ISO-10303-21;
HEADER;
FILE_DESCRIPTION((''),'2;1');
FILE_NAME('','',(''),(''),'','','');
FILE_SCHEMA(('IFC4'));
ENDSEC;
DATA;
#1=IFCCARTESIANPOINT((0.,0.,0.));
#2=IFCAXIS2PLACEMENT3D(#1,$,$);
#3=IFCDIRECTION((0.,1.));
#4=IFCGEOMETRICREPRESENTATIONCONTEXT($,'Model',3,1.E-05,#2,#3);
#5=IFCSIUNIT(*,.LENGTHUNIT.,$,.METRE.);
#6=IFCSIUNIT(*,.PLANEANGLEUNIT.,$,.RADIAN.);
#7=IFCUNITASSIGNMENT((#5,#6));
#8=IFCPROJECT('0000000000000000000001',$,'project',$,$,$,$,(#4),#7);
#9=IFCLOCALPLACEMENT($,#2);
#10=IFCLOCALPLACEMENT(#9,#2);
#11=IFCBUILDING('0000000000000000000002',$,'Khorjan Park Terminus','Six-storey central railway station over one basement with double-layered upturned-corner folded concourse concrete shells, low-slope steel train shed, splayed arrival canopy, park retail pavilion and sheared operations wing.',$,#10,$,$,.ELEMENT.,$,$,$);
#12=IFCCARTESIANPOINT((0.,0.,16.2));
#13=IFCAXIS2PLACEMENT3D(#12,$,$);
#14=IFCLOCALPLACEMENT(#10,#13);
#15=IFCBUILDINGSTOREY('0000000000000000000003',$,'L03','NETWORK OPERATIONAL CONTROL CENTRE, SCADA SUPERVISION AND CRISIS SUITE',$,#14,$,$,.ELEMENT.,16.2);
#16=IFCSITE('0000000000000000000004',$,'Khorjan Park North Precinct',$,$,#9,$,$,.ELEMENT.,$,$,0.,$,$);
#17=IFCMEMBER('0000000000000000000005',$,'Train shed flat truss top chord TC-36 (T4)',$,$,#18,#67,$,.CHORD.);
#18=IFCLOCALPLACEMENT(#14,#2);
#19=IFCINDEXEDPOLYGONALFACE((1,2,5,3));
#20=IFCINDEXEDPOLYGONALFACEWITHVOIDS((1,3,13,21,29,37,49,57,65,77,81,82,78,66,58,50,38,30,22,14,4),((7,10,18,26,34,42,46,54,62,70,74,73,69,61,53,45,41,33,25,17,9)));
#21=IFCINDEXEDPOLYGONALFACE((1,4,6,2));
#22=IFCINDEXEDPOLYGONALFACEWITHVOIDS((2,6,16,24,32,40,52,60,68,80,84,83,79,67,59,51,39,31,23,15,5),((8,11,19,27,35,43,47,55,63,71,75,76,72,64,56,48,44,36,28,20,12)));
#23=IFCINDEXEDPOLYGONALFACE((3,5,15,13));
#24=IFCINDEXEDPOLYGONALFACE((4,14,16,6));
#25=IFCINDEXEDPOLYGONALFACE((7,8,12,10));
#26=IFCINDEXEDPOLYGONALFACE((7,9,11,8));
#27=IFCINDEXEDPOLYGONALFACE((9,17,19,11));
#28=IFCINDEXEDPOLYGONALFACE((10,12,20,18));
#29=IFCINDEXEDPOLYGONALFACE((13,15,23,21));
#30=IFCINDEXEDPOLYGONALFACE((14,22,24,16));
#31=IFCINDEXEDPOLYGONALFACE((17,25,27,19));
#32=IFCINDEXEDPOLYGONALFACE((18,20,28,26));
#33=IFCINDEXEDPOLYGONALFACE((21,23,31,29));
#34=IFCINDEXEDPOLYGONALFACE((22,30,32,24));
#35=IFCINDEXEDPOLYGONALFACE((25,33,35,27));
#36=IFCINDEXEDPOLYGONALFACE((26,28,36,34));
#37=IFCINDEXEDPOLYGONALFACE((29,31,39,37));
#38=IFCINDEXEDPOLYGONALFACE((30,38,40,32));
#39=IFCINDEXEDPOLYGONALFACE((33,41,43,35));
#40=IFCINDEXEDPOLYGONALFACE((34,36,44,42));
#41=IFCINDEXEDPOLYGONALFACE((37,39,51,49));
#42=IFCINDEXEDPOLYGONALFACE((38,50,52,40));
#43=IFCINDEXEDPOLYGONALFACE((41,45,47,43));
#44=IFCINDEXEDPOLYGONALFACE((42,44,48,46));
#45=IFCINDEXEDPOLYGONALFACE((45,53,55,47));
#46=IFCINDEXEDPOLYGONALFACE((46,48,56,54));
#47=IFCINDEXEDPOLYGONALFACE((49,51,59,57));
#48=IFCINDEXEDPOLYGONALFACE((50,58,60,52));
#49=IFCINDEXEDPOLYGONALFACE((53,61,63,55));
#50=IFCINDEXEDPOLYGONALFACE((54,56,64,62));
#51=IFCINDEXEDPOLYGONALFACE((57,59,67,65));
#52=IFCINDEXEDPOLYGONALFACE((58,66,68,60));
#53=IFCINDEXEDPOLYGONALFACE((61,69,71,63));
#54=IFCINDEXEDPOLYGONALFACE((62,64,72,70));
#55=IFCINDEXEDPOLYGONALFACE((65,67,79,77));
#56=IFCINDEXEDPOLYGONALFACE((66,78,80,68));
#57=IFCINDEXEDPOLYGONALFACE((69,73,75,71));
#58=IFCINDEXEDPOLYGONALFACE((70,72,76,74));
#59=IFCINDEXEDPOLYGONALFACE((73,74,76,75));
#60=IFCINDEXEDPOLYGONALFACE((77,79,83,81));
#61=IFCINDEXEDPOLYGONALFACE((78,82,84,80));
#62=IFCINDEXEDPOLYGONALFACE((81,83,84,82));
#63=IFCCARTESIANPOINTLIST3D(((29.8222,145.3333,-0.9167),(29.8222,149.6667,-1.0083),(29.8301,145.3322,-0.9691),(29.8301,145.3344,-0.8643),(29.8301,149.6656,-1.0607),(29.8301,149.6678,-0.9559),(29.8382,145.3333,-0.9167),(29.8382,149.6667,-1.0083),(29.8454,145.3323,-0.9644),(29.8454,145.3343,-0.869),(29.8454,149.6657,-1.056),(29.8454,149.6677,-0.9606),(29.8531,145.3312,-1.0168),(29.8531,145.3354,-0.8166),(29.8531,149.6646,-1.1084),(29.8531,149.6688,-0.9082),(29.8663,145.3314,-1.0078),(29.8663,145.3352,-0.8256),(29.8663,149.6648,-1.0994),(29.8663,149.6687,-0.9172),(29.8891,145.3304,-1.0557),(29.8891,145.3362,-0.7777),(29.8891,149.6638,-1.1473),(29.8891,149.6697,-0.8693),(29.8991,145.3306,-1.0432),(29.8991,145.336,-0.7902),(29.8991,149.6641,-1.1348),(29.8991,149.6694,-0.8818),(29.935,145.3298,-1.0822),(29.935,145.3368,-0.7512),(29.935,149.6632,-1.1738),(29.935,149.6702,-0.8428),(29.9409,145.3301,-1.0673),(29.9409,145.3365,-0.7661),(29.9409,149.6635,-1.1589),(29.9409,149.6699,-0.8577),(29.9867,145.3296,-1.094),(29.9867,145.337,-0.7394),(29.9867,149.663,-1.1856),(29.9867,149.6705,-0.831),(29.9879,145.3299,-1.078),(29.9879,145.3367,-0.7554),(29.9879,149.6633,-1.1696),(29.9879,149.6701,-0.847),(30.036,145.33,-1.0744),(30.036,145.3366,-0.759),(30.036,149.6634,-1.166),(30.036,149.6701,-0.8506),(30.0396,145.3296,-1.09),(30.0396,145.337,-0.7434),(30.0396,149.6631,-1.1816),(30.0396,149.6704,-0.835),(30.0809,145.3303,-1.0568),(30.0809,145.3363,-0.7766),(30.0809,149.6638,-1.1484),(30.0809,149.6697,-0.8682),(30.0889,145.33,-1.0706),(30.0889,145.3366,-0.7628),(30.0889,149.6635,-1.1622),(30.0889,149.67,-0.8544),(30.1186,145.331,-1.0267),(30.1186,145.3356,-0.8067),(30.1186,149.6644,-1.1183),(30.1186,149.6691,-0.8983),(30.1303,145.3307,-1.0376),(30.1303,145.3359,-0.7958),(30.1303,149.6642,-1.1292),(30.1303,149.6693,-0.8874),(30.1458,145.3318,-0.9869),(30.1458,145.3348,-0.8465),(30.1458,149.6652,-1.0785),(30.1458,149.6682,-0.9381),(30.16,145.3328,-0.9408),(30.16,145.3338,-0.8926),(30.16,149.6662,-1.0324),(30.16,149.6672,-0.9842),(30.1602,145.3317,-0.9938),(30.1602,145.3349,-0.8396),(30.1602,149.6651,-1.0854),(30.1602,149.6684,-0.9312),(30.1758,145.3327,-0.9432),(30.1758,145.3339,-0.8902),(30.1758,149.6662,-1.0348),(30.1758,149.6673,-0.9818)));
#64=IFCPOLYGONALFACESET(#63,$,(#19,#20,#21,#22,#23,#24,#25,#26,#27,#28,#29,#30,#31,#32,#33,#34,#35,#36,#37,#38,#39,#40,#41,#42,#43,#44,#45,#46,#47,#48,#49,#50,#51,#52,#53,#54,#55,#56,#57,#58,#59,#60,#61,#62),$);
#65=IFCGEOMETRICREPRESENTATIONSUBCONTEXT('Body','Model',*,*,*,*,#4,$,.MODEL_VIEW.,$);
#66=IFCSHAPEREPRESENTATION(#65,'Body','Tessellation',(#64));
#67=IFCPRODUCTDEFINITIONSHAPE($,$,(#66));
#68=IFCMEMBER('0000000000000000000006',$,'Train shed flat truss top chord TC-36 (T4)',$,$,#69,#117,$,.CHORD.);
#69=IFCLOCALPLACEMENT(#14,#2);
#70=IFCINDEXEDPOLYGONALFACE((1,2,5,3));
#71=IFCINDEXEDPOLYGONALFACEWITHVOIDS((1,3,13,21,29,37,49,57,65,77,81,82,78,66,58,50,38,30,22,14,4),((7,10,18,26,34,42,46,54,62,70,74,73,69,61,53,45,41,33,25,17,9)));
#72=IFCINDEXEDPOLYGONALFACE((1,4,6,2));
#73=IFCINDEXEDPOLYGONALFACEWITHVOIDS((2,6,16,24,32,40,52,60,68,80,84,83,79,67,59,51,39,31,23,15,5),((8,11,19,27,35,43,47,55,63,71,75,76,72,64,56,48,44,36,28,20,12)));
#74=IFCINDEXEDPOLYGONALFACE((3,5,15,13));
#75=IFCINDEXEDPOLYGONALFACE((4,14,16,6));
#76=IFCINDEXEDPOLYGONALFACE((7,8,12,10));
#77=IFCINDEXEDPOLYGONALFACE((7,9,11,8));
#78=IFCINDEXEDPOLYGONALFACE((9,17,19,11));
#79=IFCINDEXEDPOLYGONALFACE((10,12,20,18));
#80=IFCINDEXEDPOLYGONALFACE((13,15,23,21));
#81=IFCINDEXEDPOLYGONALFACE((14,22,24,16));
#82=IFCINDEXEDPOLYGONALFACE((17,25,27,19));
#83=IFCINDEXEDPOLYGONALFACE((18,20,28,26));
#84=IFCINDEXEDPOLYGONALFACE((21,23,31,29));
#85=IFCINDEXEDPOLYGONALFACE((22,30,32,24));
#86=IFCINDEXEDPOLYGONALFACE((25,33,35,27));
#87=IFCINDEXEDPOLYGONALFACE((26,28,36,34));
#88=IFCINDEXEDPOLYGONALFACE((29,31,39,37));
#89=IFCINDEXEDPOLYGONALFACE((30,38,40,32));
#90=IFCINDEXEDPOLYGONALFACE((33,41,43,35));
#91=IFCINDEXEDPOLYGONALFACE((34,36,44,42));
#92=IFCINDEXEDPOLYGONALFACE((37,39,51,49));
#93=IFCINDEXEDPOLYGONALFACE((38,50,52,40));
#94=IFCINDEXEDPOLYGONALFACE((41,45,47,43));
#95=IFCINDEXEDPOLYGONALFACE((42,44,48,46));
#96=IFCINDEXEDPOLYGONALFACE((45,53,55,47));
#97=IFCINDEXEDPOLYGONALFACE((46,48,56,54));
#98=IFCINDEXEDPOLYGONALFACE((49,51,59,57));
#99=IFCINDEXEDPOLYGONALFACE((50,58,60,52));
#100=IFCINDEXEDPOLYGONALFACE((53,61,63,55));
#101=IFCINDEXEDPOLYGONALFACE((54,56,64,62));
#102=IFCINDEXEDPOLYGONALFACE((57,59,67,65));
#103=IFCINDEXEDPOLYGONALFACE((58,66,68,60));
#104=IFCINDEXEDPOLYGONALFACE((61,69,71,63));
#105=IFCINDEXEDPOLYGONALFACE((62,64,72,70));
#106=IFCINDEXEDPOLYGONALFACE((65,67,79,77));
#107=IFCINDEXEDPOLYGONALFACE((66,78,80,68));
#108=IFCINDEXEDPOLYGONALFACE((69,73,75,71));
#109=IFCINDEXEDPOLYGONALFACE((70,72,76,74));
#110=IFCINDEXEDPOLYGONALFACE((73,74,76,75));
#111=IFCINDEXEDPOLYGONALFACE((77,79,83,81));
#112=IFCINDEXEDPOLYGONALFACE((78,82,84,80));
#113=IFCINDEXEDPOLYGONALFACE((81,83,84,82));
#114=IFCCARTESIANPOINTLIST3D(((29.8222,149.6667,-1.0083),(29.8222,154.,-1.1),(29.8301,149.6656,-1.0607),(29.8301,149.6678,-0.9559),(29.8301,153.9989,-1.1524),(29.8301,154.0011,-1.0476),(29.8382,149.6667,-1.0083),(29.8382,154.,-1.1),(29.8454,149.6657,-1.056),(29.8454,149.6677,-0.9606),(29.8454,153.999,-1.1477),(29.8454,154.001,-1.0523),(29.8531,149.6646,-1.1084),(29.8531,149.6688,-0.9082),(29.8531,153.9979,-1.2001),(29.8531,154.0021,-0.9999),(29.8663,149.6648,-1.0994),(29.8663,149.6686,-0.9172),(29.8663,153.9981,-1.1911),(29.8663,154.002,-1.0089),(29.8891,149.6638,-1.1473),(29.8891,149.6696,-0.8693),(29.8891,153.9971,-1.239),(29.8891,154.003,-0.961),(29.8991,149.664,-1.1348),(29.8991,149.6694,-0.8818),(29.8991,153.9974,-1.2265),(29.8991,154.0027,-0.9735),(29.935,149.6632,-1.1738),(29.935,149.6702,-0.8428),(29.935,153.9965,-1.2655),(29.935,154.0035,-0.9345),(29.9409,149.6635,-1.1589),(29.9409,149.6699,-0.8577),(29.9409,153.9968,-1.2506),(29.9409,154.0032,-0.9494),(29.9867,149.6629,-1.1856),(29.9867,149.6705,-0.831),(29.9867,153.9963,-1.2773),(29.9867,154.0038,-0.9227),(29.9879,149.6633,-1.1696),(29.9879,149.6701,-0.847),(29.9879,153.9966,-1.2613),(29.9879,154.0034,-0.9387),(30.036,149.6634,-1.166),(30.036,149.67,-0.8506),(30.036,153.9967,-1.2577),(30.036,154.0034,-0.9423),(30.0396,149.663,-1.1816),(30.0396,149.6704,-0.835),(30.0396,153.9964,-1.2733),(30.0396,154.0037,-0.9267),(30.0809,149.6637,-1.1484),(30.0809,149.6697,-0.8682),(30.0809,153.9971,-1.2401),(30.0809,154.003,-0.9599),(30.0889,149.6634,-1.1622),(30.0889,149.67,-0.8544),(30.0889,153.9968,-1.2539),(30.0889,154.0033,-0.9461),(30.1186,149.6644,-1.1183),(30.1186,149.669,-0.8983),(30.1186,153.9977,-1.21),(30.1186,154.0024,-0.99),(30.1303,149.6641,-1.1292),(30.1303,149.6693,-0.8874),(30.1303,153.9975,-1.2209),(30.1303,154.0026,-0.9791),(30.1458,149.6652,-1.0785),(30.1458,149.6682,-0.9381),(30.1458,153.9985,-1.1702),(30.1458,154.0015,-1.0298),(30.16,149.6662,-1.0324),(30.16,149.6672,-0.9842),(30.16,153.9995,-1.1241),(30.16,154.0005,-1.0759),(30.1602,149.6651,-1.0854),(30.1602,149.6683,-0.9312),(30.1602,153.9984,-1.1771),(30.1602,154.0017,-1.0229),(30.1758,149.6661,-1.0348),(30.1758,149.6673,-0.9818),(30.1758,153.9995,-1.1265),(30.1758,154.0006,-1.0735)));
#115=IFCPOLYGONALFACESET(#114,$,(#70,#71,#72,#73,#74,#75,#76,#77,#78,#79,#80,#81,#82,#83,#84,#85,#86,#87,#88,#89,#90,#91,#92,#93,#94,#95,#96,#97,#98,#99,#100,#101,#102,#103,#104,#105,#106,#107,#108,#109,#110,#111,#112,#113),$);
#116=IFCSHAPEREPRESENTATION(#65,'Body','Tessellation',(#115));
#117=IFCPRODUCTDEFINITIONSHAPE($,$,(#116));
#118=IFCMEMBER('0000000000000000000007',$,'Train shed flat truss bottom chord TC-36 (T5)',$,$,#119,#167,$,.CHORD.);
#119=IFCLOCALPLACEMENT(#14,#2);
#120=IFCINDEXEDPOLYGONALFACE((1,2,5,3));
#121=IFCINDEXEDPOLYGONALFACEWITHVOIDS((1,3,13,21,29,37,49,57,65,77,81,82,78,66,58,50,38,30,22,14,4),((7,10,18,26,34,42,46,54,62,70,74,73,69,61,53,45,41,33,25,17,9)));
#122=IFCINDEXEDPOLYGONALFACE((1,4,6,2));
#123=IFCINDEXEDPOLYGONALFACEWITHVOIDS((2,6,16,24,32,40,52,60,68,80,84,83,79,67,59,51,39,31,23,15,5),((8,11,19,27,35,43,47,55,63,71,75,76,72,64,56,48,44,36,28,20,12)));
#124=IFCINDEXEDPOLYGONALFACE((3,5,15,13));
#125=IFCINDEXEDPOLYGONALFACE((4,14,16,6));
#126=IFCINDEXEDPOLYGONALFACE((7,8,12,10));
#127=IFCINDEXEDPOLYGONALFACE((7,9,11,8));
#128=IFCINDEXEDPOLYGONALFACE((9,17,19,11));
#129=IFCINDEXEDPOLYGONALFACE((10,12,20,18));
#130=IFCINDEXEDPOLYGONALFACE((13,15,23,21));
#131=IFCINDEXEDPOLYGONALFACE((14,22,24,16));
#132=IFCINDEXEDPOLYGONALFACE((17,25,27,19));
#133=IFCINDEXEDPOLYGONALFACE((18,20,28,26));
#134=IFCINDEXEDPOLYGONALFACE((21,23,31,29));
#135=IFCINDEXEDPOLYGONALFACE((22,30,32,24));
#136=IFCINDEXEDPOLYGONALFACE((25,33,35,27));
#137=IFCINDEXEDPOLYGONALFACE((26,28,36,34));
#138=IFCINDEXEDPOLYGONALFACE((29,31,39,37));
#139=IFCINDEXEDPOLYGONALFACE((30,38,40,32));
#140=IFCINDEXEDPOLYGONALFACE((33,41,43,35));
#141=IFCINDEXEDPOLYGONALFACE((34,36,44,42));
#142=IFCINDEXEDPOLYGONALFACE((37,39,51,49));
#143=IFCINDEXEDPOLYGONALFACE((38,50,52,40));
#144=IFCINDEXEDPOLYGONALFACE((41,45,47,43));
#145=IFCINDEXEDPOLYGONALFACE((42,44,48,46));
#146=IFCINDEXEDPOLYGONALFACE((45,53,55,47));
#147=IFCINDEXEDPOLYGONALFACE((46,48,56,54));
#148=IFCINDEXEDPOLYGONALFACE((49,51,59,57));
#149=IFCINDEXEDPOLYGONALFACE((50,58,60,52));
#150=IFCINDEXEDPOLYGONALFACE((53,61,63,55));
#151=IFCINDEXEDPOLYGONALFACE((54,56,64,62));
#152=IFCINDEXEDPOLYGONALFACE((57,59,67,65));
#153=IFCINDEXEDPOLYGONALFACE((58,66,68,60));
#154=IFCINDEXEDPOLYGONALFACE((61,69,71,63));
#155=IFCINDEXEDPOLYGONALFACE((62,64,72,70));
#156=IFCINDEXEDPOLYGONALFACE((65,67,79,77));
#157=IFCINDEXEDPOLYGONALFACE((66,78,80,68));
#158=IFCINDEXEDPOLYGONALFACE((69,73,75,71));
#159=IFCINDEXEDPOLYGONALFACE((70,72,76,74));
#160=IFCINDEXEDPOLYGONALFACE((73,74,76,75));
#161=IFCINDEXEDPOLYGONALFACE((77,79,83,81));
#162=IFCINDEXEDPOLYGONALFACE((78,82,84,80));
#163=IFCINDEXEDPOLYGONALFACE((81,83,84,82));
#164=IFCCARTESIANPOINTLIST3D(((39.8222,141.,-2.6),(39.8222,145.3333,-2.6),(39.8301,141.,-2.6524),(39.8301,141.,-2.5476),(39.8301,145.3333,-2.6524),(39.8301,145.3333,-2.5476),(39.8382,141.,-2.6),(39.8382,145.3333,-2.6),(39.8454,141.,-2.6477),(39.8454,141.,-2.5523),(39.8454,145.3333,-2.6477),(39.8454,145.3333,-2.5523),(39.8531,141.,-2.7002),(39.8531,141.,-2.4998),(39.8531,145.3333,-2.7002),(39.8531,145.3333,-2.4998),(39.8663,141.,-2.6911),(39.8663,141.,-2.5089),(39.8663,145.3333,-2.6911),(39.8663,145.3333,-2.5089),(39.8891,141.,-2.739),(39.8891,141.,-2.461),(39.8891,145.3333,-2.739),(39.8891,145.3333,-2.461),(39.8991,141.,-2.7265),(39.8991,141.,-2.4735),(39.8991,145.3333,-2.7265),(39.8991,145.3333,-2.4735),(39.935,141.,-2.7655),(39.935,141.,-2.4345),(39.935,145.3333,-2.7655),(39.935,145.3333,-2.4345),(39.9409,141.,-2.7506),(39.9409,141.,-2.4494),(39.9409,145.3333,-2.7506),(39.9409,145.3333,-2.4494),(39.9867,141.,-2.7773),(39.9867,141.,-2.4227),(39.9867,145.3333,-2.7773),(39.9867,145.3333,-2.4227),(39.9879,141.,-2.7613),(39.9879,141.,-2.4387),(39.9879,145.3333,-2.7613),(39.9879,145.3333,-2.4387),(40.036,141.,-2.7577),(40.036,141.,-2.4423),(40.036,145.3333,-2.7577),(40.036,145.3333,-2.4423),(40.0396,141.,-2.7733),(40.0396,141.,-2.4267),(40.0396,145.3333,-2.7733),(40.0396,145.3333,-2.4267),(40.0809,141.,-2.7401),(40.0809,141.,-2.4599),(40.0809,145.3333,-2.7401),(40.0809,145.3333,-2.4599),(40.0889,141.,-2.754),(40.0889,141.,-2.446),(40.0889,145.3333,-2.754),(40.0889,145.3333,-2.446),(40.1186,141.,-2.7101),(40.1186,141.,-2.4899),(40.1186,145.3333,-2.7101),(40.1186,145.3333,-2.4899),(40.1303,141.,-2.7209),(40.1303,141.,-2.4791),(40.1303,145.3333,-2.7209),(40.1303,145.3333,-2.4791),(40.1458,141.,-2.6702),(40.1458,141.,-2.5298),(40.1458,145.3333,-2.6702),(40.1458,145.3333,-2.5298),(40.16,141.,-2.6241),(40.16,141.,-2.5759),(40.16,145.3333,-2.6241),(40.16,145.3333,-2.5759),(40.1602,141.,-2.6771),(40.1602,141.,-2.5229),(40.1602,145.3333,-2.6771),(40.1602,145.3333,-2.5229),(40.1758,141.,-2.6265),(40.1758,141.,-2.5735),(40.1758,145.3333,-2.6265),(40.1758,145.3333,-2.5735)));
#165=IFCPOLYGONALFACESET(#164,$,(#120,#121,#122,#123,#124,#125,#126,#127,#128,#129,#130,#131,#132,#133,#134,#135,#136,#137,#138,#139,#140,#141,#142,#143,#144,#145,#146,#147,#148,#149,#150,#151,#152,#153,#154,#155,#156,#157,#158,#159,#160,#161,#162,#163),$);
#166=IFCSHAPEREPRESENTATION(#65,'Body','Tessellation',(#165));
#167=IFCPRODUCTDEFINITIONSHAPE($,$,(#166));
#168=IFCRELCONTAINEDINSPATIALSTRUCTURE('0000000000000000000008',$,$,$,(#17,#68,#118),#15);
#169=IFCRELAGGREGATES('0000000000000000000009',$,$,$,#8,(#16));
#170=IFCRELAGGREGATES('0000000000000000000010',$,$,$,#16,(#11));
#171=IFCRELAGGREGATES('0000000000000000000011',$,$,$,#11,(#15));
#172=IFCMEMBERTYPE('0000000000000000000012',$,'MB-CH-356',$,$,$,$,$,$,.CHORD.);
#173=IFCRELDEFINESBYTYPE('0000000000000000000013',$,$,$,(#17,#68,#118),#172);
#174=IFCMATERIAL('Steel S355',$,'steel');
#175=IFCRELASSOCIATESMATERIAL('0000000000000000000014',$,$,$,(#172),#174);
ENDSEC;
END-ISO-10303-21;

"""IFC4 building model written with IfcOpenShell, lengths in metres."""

from ifc_helpers import new_model, si_unit, direction, frame, origin, origin_2d, place, context, subcontext, project, spatial, hollow_circle, extrude, material, material_profile, profile_set, type_object, element, save


model = new_model("IFC4")

# Units and contexts
model_context = context("Model", 3, precision=1e-05, world=origin(), true_north=direction((0.0, 1.0)))
body_context = subcontext(model_context, "Body", "Model", "MODEL_VIEW")
ifc_project = project(units=[si_unit("LENGTHUNIT", "METRE"), si_unit("PLANEANGLEUNIT", "RADIAN")], contexts=[model_context])

# Site, building, storey
site_placement = place(None, origin())
site = spatial("IfcSite", under=ifc_project, at=site_placement, Name="Khorjan Park North Precinct", CompositionType="ELEMENT", RefElevation=0.0)
building_placement = place(site_placement, origin())
building = spatial("IfcBuilding", under=site, at=building_placement, Name="Khorjan Park Terminus", Description="Six-storey central railway station over one basement with double-layered upturned-corner folded concourse concrete shells, low-slope steel train shed, splayed arrival canopy, park retail pavilion and sheared operations wing.", CompositionType="ELEMENT")
storey_placement = place(building_placement, frame((0.0, 0.0, 16.2)))
storey = spatial("IfcBuildingStorey", under=building, at=storey_placement, Name="L03", Description="NETWORK OPERATIONAL CONTROL CENTRE, SCADA SUPERVISION AND CRISIS SUITE", CompositionType="ELEMENT", Elevation=16.2)

# Members
ifc_material = material(Name="Steel S355", Category="steel")
ifc_material_profile_1 = material_profile(ifc_material, hollow_circle(Radius=0.1778, WallThickness=0.016, at=origin_2d()), Name="CHS 355.6x16")
ifc_profile_set_1 = profile_set([ifc_material_profile_1], Name="Steel S355")
member_type_1 = type_object("IfcMemberType", Name="MB-CH-356", PredefinedType="CHORD", material=ifc_profile_set_1)
member_1_placement = place(storey_placement, frame((30.0, 145.3333, -0.9167), z_axis=(0.0, 0.999777, -0.021133), x_axis=(-1.0, 0.0, 0.0)))
element("IfcMember", 1, at=member_1_placement, inside=storey, type_object=member_type_1, Name="Train shed flat truss top chord TC-36 (T4)", PredefinedType="CHORD", context=body_context, shape_type="SweptSolid", body=[
    extrude(hollow_circle(Radius=0.1778, WallThickness=0.016, at=origin_2d()), origin(), (0.0, 0.0, 1.0), 4.3344),
])
member_2_placement = place(storey_placement, frame((30.0, 149.6667, -1.0083), z_axis=(0.0, 0.999776, -0.021157), x_axis=(-1.0, 0.0, 0.0)))
element("IfcMember", 2, at=member_2_placement, inside=storey, type_object=member_type_1, Name="Train shed flat truss top chord TC-36 (T4)", PredefinedType="CHORD", context=body_context, shape_type="SweptSolid", body=[
    extrude(hollow_circle(Radius=0.1778, WallThickness=0.016, at=origin_2d()), origin(), (0.0, 0.0, 1.0), 4.3343),
])
member_3_placement = place(storey_placement, frame((40.0, 141.0, -2.6), z_axis=(0.0, 1.0, 0.0), x_axis=(-1.0, 0.0, 0.0)))
element("IfcMember", 3, at=member_3_placement, inside=storey, type_object=member_type_1, Name="Train shed flat truss bottom chord TC-36 (T5)", PredefinedType="CHORD", context=body_context, shape_type="SweptSolid", body=[
    extrude(hollow_circle(Radius=0.1778, WallThickness=0.016, at=origin_2d()), origin(), (0.0, 0.0, 1.0), 4.3333),
])

save(model, "model.ifc")
